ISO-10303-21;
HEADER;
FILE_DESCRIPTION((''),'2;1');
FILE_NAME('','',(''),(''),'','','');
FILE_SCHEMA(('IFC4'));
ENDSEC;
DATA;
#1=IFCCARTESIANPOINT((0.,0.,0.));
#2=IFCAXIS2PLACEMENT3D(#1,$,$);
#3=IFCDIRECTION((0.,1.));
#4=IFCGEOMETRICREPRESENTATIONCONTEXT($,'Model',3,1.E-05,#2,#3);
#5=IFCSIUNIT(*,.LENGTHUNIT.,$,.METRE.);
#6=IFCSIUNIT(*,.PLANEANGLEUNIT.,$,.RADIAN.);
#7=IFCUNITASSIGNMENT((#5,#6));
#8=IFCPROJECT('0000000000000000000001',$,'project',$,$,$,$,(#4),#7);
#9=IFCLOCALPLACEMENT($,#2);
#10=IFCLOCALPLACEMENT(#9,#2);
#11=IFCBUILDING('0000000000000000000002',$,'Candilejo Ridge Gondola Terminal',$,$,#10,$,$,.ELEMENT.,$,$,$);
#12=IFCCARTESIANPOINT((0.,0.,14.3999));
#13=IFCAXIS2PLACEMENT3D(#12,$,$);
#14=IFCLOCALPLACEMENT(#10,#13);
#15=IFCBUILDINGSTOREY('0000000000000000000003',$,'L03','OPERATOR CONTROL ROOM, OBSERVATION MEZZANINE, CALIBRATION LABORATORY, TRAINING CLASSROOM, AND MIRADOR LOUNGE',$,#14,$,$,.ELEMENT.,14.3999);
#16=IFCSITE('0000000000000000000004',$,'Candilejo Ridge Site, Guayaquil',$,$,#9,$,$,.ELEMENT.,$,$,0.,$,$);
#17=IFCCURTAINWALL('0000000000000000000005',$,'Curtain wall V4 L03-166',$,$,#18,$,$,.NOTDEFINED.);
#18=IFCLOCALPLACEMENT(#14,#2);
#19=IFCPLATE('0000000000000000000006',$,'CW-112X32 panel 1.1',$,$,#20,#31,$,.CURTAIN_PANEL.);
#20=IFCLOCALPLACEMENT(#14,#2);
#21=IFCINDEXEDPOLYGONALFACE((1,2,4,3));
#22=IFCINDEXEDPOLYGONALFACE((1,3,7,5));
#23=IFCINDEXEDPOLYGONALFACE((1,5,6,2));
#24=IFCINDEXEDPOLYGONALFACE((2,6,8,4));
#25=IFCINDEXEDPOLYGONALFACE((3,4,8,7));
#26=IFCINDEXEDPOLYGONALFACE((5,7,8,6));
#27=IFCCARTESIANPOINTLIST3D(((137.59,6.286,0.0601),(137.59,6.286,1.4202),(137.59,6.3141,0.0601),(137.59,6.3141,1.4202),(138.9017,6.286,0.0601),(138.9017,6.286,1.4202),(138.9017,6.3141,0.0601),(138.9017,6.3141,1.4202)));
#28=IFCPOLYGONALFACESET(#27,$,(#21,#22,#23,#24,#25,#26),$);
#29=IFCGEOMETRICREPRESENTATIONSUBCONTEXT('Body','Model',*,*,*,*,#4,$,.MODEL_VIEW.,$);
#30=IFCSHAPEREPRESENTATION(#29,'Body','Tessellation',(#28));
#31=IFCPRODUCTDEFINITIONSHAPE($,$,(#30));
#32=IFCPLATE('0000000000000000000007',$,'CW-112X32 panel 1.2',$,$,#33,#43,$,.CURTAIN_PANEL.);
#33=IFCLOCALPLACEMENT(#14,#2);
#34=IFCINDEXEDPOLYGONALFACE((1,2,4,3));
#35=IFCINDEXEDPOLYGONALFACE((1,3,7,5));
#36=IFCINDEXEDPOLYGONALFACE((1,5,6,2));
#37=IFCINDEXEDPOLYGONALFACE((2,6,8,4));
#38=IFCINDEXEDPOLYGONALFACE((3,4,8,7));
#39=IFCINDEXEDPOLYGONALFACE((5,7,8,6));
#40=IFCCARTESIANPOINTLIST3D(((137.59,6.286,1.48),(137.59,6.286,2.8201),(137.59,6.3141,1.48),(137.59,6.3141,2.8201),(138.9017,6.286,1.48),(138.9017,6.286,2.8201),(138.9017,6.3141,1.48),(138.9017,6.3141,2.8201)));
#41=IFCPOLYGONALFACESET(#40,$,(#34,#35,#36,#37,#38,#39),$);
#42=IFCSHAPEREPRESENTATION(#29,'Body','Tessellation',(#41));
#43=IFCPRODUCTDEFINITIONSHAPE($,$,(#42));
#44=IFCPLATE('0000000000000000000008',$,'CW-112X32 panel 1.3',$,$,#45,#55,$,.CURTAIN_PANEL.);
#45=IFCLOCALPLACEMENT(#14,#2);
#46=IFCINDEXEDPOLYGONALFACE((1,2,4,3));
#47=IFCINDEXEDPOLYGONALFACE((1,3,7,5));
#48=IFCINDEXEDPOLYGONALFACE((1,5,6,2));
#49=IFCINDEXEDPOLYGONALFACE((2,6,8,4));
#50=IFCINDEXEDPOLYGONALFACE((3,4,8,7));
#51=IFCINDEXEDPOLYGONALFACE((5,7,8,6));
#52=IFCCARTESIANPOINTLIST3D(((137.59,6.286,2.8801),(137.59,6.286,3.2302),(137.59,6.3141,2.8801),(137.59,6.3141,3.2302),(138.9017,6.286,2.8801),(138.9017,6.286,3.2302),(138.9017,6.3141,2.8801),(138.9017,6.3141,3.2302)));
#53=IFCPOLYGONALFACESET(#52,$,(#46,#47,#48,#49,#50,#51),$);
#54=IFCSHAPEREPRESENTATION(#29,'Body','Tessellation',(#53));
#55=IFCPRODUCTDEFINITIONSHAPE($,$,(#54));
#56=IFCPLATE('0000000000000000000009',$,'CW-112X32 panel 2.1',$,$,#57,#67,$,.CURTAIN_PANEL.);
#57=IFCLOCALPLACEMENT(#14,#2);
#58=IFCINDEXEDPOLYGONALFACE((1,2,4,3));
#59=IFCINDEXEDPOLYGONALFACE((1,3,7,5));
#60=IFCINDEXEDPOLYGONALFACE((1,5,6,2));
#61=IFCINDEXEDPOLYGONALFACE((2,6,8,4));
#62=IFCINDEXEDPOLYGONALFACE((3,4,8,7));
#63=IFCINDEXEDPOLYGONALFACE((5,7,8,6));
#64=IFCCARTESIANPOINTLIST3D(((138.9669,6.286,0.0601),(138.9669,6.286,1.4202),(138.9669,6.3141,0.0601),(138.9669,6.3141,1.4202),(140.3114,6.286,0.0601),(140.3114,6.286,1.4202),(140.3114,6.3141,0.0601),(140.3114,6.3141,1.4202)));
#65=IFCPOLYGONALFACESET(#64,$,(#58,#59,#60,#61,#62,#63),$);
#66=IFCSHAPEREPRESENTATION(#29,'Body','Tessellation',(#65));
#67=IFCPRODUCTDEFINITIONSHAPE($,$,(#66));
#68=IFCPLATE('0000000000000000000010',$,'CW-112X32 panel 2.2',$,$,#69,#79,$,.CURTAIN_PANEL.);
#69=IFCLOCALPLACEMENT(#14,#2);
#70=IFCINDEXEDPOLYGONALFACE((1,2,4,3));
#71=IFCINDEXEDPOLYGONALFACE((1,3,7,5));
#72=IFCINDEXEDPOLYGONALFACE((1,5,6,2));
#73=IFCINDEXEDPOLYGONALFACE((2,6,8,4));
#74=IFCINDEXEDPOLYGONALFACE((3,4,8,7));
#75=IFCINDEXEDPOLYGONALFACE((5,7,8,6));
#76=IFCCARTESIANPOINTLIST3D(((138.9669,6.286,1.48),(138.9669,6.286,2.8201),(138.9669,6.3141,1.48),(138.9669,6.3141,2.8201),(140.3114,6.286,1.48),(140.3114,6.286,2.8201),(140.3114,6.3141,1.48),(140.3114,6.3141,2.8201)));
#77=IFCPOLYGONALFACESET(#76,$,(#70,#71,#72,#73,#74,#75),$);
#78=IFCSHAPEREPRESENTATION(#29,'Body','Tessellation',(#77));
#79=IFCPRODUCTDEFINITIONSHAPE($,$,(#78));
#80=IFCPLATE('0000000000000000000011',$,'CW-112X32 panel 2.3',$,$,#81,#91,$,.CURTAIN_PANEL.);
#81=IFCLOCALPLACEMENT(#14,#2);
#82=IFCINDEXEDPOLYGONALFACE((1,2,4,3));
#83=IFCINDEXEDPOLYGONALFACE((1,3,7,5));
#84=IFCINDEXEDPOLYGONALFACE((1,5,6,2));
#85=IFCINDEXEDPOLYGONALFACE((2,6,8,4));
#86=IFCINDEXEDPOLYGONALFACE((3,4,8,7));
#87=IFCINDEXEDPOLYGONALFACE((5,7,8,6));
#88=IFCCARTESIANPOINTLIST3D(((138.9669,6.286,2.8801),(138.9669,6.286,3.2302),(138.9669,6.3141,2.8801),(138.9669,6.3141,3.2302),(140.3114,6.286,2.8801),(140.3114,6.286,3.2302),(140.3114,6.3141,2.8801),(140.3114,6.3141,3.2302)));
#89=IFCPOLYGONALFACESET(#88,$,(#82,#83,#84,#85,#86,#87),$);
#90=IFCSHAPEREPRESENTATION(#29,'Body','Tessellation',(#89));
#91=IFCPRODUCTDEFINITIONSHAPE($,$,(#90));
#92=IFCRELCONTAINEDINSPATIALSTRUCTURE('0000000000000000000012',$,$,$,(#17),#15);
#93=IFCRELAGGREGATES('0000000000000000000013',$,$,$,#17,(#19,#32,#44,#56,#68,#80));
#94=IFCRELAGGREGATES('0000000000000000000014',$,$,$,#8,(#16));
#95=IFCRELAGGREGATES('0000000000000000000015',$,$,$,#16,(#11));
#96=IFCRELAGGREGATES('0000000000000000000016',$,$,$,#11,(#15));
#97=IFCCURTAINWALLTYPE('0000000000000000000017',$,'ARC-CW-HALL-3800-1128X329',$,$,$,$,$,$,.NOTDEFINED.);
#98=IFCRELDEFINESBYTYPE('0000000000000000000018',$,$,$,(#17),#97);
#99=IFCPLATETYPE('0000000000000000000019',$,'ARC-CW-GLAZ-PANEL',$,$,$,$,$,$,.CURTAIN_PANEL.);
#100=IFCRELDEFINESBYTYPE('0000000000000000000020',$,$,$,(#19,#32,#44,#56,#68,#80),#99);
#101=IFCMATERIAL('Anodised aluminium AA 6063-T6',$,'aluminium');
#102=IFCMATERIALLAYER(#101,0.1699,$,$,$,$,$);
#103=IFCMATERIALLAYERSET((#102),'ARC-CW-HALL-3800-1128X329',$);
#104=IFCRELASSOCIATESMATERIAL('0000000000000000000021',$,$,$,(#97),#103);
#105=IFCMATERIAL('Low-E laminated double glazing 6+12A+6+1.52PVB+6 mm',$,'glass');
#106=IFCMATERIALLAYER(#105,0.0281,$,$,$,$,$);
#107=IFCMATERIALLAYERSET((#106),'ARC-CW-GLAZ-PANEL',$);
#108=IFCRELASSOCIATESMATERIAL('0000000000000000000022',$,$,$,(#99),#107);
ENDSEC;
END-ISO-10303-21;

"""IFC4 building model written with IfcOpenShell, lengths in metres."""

from ifc_helpers import new_model, si_unit, direction, frame, origin, origin_2d, place, context, subcontext, project, spatial, rectangle, extrude, material, layer, layer_set, type_object, element, aggregate, save


model = new_model("IFC4")

# Units and contexts
model_context = context("Model", 3, precision=1e-05, world=origin(), true_north=direction((0.0, 1.0)))
body_context = subcontext(model_context, "Body", "Model", "MODEL_VIEW")
ifc_project = project(units=[si_unit("LENGTHUNIT", "METRE"), si_unit("PLANEANGLEUNIT", "RADIAN")], contexts=[model_context])

# Site, building, storey
site_placement = place(None, origin())
site = spatial("IfcSite", under=ifc_project, at=site_placement, Name="Candilejo Ridge Site, Guayaquil", CompositionType="ELEMENT", RefElevation=0.0)
building_placement = place(site_placement, origin())
building = spatial("IfcBuilding", under=site, at=building_placement, Name="Candilejo Ridge Gondola Terminal", CompositionType="ELEMENT")
storey_placement = place(building_placement, frame((0.0, 0.0, 14.3999)))
storey = spatial("IfcBuildingStorey", under=building, at=storey_placement, Name="L03", Description="OPERATOR CONTROL ROOM, OBSERVATION MEZZANINE, CALIBRATION LABORATORY, TRAINING CLASSROOM, AND MIRADOR LOUNGE", CompositionType="ELEMENT", Elevation=14.3999)

# Curtain wall, plates
ifc_material_1 = material(Name="Anodised aluminium AA 6063-T6", Category="aluminium")
ifc_layer_1 = layer(ifc_material_1, 0.1699)
ifc_layer_set_1 = layer_set([ifc_layer_1], Name="ARC-CW-HALL-3800-1128X329")
curtain_wall_type = type_object("IfcCurtainWallType", Name="ARC-CW-HALL-3800-1128X329", PredefinedType="NOTDEFINED", material=ifc_layer_set_1)
curtain_wall_placement = place(storey_placement, origin())
curtain_wall = element("IfcCurtainWall", 1, at=curtain_wall_placement, inside=storey, type_object=curtain_wall_type, Name="Curtain wall V4 L03-166", PredefinedType="NOTDEFINED")
ifc_material_2 = material(Name="Low-E laminated double glazing 6+12A+6+1.52PVB+6 mm", Category="glass")
ifc_layer_2 = layer(ifc_material_2, 0.0281)
ifc_layer_set_2 = layer_set([ifc_layer_2], Name="ARC-CW-GLAZ-PANEL")
plate_type = type_object("IfcPlateType", Name="ARC-CW-GLAZ-PANEL", PredefinedType="CURTAIN_PANEL", material=ifc_layer_set_2)
plate_1_placement = place(storey_placement, frame((138.2458, 6.3, 0.0601), z_axis=(0.0, 0.0, 1.0), x_axis=(1.0, 0.0, 0.0)))
plate_1 = element("IfcPlate", 2, at=plate_1_placement, type_object=plate_type, Name="CW-112X32 panel 1.1", PredefinedType="CURTAIN_PANEL", context=body_context, shape_type="SweptSolid", body=[
    extrude(rectangle(XDim=1.3118, YDim=0.0281, at=origin_2d()), origin(), (0.0, 0.0, 1.0), 1.3601),
])
plate_2_placement = place(storey_placement, frame((138.2458, 6.3, 1.48), z_axis=(0.0, 0.0, 1.0), x_axis=(1.0, 0.0, 0.0)))
plate_2 = element("IfcPlate", 3, at=plate_2_placement, type_object=plate_type, Name="CW-112X32 panel 1.2", PredefinedType="CURTAIN_PANEL", context=body_context, shape_type="SweptSolid", body=[
    extrude(rectangle(XDim=1.3118, YDim=0.0281, at=origin_2d()), origin(), (0.0, 0.0, 1.0), 1.3401),
])
plate_3_placement = place(storey_placement, frame((138.2458, 6.3, 2.8801), z_axis=(0.0, 0.0, 1.0), x_axis=(1.0, 0.0, 0.0)))
plate_3 = element("IfcPlate", 4, at=plate_3_placement, type_object=plate_type, Name="CW-112X32 panel 1.3", PredefinedType="CURTAIN_PANEL", context=body_context, shape_type="SweptSolid", body=[
    extrude(rectangle(XDim=1.3118, YDim=0.0281, at=origin_2d()), origin(), (0.0, 0.0, 1.0), 0.3501),
])
plate_4_placement = place(storey_placement, frame((139.6392, 6.3, 0.0601), z_axis=(0.0, 0.0, 1.0), x_axis=(1.0, 0.0, 0.0)))
plate_4 = element("IfcPlate", 5, at=plate_4_placement, type_object=plate_type, Name="CW-112X32 panel 2.1", PredefinedType="CURTAIN_PANEL", context=body_context, shape_type="SweptSolid", body=[
    extrude(rectangle(XDim=1.3445, YDim=0.0281, at=origin_2d()), origin(), (0.0, 0.0, 1.0), 1.3601),
])
plate_5_placement = place(storey_placement, frame((139.6392, 6.3, 1.48), z_axis=(0.0, 0.0, 1.0), x_axis=(1.0, 0.0, 0.0)))
plate_5 = element("IfcPlate", 6, at=plate_5_placement, type_object=plate_type, Name="CW-112X32 panel 2.2", PredefinedType="CURTAIN_PANEL", context=body_context, shape_type="SweptSolid", body=[
    extrude(rectangle(XDim=1.3445, YDim=0.0281, at=origin_2d()), origin(), (0.0, 0.0, 1.0), 1.3401),
])
plate_6_placement = place(storey_placement, frame((139.6392, 6.3, 2.8801), z_axis=(0.0, 0.0, 1.0), x_axis=(1.0, 0.0, 0.0)))
plate_6 = element("IfcPlate", 7, at=plate_6_placement, type_object=plate_type, Name="CW-112X32 panel 2.3", PredefinedType="CURTAIN_PANEL", context=body_context, shape_type="SweptSolid", body=[
    extrude(rectangle(XDim=1.3445, YDim=0.0281, at=origin_2d()), origin(), (0.0, 0.0, 1.0), 0.3501),
])
aggregate(curtain_wall, [plate_1, plate_2, plate_3, plate_4, plate_5, plate_6])

save(model, "model.ifc")
